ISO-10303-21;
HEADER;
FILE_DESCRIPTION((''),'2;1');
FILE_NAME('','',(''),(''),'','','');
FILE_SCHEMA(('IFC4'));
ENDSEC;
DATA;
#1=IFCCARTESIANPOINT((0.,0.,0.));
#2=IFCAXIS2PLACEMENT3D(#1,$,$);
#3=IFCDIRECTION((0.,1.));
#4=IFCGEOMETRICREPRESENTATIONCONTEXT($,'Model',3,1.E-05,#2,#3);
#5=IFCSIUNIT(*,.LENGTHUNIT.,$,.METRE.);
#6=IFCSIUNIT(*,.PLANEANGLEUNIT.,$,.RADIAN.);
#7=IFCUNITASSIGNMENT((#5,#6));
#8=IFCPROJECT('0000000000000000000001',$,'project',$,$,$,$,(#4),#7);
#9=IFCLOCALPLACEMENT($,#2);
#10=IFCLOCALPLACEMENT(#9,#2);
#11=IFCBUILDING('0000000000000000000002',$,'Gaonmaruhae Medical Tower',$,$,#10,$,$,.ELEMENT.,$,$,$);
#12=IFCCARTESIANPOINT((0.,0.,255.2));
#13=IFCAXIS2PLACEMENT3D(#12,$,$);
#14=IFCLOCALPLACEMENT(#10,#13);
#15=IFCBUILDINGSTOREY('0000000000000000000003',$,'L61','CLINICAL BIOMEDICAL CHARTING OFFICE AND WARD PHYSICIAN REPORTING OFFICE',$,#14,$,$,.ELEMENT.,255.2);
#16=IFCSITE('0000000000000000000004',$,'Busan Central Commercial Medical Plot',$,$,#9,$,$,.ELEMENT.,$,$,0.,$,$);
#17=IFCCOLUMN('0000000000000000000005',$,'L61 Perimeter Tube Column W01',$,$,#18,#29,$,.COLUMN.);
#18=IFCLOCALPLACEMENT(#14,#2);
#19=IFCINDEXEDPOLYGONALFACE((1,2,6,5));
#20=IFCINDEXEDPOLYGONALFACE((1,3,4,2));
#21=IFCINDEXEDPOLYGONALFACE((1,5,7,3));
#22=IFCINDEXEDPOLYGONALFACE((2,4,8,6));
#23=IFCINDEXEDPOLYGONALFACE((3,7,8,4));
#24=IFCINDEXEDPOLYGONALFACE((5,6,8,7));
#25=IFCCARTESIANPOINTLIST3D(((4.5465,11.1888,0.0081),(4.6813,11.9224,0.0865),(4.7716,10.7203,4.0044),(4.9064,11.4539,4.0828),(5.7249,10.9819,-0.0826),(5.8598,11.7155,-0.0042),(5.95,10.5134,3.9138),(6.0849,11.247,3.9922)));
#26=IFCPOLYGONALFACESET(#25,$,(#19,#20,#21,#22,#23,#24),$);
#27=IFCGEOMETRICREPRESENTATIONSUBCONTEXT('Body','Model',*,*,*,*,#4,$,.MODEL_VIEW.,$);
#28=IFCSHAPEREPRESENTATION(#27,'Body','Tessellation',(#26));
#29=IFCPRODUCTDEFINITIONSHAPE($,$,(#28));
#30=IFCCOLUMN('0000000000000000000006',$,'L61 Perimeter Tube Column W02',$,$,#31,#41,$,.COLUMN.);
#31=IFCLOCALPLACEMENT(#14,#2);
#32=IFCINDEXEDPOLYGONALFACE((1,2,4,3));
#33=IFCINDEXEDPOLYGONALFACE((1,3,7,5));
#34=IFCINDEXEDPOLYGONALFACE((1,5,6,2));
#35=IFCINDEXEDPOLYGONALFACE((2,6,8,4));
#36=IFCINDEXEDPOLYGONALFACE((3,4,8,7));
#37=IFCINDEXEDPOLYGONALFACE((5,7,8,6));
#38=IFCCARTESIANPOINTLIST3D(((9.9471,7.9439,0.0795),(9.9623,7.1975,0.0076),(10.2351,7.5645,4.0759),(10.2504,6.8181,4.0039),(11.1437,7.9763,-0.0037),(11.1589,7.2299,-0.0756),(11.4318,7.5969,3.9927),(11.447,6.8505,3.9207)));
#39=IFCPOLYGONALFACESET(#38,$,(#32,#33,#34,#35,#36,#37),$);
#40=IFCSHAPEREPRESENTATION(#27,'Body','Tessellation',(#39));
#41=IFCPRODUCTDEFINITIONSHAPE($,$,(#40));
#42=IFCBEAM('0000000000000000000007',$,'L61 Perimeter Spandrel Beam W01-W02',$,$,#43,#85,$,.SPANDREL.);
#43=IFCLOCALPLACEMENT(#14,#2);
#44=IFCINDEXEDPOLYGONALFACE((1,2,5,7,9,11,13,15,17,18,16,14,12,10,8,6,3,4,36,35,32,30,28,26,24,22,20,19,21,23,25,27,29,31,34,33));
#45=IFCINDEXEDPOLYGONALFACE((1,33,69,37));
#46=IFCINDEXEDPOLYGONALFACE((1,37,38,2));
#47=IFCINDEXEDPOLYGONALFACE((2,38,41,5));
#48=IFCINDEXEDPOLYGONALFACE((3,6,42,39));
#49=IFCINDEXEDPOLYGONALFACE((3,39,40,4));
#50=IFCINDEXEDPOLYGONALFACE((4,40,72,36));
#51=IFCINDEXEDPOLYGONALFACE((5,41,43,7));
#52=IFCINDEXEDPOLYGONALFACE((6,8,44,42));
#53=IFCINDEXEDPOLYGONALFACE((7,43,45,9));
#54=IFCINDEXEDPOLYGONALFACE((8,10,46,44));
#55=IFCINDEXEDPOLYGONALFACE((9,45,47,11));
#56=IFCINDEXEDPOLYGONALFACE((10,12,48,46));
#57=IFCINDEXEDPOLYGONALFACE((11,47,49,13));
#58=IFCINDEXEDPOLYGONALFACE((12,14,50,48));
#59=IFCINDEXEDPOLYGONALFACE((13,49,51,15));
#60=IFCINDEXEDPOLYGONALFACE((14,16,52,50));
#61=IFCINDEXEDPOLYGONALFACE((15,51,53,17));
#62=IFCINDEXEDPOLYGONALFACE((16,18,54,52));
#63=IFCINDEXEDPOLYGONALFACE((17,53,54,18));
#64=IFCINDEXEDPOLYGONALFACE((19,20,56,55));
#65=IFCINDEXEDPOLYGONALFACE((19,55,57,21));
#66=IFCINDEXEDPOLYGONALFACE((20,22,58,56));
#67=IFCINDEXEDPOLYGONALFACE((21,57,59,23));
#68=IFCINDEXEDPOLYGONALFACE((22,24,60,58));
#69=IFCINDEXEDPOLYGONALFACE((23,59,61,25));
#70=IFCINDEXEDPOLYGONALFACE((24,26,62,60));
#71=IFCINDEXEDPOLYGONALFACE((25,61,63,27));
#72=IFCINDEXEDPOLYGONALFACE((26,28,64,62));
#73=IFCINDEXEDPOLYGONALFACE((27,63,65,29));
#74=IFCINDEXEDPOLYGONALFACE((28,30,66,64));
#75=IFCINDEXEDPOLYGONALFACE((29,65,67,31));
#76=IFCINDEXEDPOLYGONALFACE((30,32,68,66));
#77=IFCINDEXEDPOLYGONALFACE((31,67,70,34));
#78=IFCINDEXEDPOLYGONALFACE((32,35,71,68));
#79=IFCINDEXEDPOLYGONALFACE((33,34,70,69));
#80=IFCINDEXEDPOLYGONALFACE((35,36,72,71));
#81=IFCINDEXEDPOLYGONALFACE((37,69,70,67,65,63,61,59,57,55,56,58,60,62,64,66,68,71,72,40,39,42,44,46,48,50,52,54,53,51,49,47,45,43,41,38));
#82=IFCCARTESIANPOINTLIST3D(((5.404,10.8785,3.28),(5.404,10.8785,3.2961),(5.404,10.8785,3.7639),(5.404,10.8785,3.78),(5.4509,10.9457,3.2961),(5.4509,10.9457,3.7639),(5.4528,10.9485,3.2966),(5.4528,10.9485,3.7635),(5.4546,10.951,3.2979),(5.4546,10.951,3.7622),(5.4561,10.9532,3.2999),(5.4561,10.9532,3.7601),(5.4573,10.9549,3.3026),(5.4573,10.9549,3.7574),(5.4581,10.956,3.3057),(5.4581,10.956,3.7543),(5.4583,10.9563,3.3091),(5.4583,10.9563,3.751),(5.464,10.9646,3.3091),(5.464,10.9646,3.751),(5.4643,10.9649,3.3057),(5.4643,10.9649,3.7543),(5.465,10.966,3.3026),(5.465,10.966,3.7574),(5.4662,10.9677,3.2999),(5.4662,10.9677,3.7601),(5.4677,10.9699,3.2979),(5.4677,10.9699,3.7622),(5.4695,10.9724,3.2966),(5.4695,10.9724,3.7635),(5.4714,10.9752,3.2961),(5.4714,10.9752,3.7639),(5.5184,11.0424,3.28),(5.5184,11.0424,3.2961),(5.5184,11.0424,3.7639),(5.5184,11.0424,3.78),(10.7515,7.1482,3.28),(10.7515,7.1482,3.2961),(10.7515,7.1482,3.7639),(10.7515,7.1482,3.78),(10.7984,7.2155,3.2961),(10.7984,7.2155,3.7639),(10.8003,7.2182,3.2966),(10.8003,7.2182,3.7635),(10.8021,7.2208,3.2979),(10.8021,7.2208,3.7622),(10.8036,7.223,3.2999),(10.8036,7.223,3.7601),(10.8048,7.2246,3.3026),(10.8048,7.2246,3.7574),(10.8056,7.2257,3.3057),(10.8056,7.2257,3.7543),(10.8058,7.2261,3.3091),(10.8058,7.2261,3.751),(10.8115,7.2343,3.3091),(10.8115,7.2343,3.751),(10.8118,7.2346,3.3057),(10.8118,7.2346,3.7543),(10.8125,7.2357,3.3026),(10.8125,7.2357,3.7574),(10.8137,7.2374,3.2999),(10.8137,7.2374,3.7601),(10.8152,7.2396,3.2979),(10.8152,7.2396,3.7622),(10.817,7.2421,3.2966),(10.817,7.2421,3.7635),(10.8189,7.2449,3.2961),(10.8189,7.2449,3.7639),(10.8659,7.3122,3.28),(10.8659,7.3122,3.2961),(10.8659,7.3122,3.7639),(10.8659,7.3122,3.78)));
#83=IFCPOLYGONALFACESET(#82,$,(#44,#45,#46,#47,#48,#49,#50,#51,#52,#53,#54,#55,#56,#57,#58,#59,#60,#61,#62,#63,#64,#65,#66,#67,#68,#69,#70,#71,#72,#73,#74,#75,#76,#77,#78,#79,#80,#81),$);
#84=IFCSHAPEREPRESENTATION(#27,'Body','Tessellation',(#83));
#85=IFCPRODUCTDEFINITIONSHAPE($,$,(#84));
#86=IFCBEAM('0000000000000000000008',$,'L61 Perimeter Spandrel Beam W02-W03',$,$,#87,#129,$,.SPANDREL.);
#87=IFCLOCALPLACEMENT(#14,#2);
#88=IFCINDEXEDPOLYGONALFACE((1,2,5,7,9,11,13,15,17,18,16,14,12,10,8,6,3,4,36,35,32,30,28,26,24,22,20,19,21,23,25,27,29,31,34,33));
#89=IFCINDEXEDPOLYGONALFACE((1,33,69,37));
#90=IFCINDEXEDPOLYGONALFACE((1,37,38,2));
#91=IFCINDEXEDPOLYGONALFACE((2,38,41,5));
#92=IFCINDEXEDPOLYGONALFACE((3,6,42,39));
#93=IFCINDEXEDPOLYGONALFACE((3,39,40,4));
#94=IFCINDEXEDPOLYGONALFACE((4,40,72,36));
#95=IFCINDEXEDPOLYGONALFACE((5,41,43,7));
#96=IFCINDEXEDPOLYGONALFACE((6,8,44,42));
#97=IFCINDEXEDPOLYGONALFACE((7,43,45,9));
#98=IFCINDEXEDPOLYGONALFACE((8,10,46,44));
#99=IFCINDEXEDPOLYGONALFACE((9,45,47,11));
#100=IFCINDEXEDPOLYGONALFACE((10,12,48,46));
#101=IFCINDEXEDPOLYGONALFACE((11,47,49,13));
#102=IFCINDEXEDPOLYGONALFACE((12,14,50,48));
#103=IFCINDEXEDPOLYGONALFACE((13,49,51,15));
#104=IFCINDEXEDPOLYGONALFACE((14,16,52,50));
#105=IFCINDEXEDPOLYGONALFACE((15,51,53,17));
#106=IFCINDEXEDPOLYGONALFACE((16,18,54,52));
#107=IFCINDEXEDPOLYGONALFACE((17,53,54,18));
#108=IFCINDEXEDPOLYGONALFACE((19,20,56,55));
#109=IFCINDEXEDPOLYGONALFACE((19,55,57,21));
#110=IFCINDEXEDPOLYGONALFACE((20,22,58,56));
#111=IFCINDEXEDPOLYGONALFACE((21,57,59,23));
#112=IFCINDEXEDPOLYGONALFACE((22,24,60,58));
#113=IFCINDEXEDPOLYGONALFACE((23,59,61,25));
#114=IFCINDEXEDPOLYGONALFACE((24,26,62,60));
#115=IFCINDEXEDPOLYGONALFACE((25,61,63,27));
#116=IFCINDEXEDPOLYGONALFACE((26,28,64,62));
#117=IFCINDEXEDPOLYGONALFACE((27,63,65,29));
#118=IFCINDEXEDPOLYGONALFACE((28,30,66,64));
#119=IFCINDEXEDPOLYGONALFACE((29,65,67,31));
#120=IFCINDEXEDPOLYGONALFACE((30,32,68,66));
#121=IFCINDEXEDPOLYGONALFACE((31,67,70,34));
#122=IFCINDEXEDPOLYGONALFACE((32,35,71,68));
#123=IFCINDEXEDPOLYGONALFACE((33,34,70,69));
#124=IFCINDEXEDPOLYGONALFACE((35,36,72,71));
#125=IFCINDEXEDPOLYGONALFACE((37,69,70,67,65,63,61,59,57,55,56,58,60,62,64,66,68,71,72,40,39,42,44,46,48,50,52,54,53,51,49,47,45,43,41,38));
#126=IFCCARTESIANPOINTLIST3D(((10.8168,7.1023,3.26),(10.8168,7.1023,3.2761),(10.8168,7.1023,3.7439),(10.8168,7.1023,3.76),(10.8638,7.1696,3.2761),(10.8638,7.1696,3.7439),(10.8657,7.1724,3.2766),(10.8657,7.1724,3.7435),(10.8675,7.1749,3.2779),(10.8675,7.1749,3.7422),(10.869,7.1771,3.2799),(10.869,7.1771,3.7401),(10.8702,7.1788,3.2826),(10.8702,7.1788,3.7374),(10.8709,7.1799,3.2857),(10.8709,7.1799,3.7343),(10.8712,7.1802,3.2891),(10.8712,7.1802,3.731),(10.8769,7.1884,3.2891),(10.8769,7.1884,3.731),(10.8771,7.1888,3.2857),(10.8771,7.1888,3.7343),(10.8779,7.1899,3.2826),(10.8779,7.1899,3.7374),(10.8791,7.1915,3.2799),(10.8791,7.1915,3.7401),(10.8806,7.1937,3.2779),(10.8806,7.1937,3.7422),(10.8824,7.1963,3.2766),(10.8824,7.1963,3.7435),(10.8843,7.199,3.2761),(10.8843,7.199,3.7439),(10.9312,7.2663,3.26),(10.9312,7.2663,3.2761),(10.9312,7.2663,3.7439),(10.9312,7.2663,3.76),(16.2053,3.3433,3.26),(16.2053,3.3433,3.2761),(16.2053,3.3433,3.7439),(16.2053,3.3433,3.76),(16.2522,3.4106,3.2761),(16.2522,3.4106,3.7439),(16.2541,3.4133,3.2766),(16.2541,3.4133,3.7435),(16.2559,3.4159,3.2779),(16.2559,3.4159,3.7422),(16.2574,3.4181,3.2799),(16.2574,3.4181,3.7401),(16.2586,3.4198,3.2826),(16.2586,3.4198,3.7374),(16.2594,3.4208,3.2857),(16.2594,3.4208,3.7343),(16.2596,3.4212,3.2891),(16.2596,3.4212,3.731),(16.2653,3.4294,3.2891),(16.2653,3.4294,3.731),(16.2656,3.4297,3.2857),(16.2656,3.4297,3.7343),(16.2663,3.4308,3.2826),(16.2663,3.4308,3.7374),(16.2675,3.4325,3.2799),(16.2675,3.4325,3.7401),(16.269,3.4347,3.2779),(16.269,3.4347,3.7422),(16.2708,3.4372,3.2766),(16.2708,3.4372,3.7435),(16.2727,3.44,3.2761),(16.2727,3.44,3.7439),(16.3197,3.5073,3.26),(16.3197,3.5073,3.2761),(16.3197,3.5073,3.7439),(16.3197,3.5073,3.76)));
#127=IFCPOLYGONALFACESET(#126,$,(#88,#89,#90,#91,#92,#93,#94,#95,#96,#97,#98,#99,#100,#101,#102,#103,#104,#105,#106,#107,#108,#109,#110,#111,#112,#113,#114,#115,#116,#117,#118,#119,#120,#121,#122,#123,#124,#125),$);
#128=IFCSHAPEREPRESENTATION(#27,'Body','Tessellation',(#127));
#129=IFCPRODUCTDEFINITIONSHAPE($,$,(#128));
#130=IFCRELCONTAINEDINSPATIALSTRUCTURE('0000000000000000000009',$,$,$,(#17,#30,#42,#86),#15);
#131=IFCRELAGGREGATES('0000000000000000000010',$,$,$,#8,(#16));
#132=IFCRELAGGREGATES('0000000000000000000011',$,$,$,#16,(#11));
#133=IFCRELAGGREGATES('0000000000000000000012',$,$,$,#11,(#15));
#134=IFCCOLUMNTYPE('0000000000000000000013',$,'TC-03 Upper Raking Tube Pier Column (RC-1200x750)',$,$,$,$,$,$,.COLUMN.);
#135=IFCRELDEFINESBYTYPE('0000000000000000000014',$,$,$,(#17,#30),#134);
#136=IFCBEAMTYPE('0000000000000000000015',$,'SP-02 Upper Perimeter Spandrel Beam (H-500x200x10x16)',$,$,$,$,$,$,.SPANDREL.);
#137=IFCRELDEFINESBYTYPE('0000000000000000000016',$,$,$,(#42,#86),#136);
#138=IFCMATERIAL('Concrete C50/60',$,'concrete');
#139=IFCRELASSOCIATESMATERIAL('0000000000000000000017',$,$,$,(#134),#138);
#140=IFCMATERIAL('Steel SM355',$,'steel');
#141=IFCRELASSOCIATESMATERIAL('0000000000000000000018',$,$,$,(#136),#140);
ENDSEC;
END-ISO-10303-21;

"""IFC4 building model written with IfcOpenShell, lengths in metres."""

from ifc_helpers import new_model, si_unit, direction, frame, origin, origin_2d, place, context, subcontext, project, spatial, rectangle, i_section, extrude, material, material_profile, profile_set, type_object, element, save


model = new_model("IFC4")

# Units and contexts
model_context = context("Model", 3, precision=1e-05, world=origin(), true_north=direction((0.0, 1.0)))
body_context = subcontext(model_context, "Body", "Model", "MODEL_VIEW")
ifc_project = project(units=[si_unit("LENGTHUNIT", "METRE"), si_unit("PLANEANGLEUNIT", "RADIAN")], contexts=[model_context])

# Site, building, storey
site_placement = place(None, origin())
site = spatial("IfcSite", under=ifc_project, at=site_placement, Name="Busan Central Commercial Medical Plot", CompositionType="ELEMENT", RefElevation=0.0)
building_placement = place(site_placement, origin())
building = spatial("IfcBuilding", under=site, at=building_placement, Name="Gaonmaruhae Medical Tower", CompositionType="ELEMENT")
storey_placement = place(building_placement, frame((0.0, 0.0, 255.2)))
storey = spatial("IfcBuildingStorey", under=building, at=storey_placement, Name="L61", Description="CLINICAL BIOMEDICAL CHARTING OFFICE AND WARD PHYSICIAN REPORTING OFFICE", CompositionType="ELEMENT", Elevation=255.2)

# Columns
ifc_material_1 = material(Name="Concrete C50/60", Category="concrete")
ifc_material_profile_1 = material_profile(ifc_material_1, rectangle(XDim=1.2, YDim=0.75, at=origin_2d()), Name="RC-1200x750")
ifc_profile_set_1 = profile_set([ifc_material_profile_1], Name="Concrete C50/60")
column_type = type_object("IfcColumnType", Name="TC-03 Upper Raking Tube Pier Column (RC-1200x750)", PredefinedType="COLUMN", material=ifc_profile_set_1)
column_1_placement = place(storey_placement, frame((5.2031, 11.4521, 0.002), z_axis=(0.055856, -0.116255, 0.991648), x_axis=(-0.982115, 0.172463, 0.075537)))
element("IfcColumn", 1, at=column_1_placement, inside=storey, type_object=column_type, Name="L61 Perimeter Tube Column W01", PredefinedType="COLUMN", context=body_context, shape_type="SweptSolid", body=[
    extrude(rectangle(XDim=1.2, YDim=0.75, at=origin_2d()), origin(), (0.0, 0.0, 1.0), 4.03),
])
column_2_placement = place(storey_placement, frame((10.553, 7.5869, 0.002), z_axis=(0.071581, -0.094268, 0.99297), x_axis=(-0.997228, -0.027022, 0.069322)))
element("IfcColumn", 2, at=column_2_placement, inside=storey, type_object=column_type, Name="L61 Perimeter Tube Column W02", PredefinedType="COLUMN", context=body_context, shape_type="SweptSolid", body=[
    extrude(rectangle(XDim=1.2, YDim=0.75, at=origin_2d()), origin(), (0.0, 0.0, 1.0), 4.0247),
])

# Beams
ifc_material_2 = material(Name="Steel SM355", Category="steel")
ifc_material_profile_2 = material_profile(ifc_material_2, i_section(OverallWidth=0.2, OverallDepth=0.5, WebThickness=0.01, FlangeThickness=0.0161, FilletRadius=0.0129, at=origin_2d()), Name="H-500x200x10x16")
ifc_profile_set_2 = profile_set([ifc_material_profile_2], Name="Steel SM355")
beam_type = type_object("IfcBeamType", Name="SP-02 Upper Perimeter Spandrel Beam (H-500x200x10x16)", PredefinedType="SPANDREL", material=ifc_profile_set_2)
beam_1_placement = place(storey_placement, frame((5.4612, 10.9604, 3.53), z_axis=(0.820165, -0.572127, 0.0), x_axis=(0.572127, 0.820165, 0.0)))
element("IfcBeam", 3, at=beam_1_placement, inside=storey, type_object=beam_type, Name="L61 Perimeter Spandrel Beam W01-W02", PredefinedType="SPANDREL", context=body_context, shape_type="SweptSolid", body=[
    extrude(i_section(OverallWidth=0.2, OverallDepth=0.5, WebThickness=0.01, FlangeThickness=0.0161, FilletRadius=0.0129, at=origin_2d()), origin(), (0.0, 0.0, 1.0), 6.52),
])
beam_2_placement = place(storey_placement, frame((10.874, 7.1843, 3.51), z_axis=(0.820151, -0.572147, 0.0), x_axis=(0.572147, 0.820151, 0.0)))
element("IfcBeam", 4, at=beam_2_placement, inside=storey, type_object=beam_type, Name="L61 Perimeter Spandrel Beam W02-W03", PredefinedType="SPANDREL", context=body_context, shape_type="SweptSolid", body=[
    extrude(i_section(OverallWidth=0.2, OverallDepth=0.5, WebThickness=0.01, FlangeThickness=0.0161, FilletRadius=0.0129, at=origin_2d()), origin(), (0.0, 0.0, 1.0), 6.5701),
])

save(model, "model.ifc")
